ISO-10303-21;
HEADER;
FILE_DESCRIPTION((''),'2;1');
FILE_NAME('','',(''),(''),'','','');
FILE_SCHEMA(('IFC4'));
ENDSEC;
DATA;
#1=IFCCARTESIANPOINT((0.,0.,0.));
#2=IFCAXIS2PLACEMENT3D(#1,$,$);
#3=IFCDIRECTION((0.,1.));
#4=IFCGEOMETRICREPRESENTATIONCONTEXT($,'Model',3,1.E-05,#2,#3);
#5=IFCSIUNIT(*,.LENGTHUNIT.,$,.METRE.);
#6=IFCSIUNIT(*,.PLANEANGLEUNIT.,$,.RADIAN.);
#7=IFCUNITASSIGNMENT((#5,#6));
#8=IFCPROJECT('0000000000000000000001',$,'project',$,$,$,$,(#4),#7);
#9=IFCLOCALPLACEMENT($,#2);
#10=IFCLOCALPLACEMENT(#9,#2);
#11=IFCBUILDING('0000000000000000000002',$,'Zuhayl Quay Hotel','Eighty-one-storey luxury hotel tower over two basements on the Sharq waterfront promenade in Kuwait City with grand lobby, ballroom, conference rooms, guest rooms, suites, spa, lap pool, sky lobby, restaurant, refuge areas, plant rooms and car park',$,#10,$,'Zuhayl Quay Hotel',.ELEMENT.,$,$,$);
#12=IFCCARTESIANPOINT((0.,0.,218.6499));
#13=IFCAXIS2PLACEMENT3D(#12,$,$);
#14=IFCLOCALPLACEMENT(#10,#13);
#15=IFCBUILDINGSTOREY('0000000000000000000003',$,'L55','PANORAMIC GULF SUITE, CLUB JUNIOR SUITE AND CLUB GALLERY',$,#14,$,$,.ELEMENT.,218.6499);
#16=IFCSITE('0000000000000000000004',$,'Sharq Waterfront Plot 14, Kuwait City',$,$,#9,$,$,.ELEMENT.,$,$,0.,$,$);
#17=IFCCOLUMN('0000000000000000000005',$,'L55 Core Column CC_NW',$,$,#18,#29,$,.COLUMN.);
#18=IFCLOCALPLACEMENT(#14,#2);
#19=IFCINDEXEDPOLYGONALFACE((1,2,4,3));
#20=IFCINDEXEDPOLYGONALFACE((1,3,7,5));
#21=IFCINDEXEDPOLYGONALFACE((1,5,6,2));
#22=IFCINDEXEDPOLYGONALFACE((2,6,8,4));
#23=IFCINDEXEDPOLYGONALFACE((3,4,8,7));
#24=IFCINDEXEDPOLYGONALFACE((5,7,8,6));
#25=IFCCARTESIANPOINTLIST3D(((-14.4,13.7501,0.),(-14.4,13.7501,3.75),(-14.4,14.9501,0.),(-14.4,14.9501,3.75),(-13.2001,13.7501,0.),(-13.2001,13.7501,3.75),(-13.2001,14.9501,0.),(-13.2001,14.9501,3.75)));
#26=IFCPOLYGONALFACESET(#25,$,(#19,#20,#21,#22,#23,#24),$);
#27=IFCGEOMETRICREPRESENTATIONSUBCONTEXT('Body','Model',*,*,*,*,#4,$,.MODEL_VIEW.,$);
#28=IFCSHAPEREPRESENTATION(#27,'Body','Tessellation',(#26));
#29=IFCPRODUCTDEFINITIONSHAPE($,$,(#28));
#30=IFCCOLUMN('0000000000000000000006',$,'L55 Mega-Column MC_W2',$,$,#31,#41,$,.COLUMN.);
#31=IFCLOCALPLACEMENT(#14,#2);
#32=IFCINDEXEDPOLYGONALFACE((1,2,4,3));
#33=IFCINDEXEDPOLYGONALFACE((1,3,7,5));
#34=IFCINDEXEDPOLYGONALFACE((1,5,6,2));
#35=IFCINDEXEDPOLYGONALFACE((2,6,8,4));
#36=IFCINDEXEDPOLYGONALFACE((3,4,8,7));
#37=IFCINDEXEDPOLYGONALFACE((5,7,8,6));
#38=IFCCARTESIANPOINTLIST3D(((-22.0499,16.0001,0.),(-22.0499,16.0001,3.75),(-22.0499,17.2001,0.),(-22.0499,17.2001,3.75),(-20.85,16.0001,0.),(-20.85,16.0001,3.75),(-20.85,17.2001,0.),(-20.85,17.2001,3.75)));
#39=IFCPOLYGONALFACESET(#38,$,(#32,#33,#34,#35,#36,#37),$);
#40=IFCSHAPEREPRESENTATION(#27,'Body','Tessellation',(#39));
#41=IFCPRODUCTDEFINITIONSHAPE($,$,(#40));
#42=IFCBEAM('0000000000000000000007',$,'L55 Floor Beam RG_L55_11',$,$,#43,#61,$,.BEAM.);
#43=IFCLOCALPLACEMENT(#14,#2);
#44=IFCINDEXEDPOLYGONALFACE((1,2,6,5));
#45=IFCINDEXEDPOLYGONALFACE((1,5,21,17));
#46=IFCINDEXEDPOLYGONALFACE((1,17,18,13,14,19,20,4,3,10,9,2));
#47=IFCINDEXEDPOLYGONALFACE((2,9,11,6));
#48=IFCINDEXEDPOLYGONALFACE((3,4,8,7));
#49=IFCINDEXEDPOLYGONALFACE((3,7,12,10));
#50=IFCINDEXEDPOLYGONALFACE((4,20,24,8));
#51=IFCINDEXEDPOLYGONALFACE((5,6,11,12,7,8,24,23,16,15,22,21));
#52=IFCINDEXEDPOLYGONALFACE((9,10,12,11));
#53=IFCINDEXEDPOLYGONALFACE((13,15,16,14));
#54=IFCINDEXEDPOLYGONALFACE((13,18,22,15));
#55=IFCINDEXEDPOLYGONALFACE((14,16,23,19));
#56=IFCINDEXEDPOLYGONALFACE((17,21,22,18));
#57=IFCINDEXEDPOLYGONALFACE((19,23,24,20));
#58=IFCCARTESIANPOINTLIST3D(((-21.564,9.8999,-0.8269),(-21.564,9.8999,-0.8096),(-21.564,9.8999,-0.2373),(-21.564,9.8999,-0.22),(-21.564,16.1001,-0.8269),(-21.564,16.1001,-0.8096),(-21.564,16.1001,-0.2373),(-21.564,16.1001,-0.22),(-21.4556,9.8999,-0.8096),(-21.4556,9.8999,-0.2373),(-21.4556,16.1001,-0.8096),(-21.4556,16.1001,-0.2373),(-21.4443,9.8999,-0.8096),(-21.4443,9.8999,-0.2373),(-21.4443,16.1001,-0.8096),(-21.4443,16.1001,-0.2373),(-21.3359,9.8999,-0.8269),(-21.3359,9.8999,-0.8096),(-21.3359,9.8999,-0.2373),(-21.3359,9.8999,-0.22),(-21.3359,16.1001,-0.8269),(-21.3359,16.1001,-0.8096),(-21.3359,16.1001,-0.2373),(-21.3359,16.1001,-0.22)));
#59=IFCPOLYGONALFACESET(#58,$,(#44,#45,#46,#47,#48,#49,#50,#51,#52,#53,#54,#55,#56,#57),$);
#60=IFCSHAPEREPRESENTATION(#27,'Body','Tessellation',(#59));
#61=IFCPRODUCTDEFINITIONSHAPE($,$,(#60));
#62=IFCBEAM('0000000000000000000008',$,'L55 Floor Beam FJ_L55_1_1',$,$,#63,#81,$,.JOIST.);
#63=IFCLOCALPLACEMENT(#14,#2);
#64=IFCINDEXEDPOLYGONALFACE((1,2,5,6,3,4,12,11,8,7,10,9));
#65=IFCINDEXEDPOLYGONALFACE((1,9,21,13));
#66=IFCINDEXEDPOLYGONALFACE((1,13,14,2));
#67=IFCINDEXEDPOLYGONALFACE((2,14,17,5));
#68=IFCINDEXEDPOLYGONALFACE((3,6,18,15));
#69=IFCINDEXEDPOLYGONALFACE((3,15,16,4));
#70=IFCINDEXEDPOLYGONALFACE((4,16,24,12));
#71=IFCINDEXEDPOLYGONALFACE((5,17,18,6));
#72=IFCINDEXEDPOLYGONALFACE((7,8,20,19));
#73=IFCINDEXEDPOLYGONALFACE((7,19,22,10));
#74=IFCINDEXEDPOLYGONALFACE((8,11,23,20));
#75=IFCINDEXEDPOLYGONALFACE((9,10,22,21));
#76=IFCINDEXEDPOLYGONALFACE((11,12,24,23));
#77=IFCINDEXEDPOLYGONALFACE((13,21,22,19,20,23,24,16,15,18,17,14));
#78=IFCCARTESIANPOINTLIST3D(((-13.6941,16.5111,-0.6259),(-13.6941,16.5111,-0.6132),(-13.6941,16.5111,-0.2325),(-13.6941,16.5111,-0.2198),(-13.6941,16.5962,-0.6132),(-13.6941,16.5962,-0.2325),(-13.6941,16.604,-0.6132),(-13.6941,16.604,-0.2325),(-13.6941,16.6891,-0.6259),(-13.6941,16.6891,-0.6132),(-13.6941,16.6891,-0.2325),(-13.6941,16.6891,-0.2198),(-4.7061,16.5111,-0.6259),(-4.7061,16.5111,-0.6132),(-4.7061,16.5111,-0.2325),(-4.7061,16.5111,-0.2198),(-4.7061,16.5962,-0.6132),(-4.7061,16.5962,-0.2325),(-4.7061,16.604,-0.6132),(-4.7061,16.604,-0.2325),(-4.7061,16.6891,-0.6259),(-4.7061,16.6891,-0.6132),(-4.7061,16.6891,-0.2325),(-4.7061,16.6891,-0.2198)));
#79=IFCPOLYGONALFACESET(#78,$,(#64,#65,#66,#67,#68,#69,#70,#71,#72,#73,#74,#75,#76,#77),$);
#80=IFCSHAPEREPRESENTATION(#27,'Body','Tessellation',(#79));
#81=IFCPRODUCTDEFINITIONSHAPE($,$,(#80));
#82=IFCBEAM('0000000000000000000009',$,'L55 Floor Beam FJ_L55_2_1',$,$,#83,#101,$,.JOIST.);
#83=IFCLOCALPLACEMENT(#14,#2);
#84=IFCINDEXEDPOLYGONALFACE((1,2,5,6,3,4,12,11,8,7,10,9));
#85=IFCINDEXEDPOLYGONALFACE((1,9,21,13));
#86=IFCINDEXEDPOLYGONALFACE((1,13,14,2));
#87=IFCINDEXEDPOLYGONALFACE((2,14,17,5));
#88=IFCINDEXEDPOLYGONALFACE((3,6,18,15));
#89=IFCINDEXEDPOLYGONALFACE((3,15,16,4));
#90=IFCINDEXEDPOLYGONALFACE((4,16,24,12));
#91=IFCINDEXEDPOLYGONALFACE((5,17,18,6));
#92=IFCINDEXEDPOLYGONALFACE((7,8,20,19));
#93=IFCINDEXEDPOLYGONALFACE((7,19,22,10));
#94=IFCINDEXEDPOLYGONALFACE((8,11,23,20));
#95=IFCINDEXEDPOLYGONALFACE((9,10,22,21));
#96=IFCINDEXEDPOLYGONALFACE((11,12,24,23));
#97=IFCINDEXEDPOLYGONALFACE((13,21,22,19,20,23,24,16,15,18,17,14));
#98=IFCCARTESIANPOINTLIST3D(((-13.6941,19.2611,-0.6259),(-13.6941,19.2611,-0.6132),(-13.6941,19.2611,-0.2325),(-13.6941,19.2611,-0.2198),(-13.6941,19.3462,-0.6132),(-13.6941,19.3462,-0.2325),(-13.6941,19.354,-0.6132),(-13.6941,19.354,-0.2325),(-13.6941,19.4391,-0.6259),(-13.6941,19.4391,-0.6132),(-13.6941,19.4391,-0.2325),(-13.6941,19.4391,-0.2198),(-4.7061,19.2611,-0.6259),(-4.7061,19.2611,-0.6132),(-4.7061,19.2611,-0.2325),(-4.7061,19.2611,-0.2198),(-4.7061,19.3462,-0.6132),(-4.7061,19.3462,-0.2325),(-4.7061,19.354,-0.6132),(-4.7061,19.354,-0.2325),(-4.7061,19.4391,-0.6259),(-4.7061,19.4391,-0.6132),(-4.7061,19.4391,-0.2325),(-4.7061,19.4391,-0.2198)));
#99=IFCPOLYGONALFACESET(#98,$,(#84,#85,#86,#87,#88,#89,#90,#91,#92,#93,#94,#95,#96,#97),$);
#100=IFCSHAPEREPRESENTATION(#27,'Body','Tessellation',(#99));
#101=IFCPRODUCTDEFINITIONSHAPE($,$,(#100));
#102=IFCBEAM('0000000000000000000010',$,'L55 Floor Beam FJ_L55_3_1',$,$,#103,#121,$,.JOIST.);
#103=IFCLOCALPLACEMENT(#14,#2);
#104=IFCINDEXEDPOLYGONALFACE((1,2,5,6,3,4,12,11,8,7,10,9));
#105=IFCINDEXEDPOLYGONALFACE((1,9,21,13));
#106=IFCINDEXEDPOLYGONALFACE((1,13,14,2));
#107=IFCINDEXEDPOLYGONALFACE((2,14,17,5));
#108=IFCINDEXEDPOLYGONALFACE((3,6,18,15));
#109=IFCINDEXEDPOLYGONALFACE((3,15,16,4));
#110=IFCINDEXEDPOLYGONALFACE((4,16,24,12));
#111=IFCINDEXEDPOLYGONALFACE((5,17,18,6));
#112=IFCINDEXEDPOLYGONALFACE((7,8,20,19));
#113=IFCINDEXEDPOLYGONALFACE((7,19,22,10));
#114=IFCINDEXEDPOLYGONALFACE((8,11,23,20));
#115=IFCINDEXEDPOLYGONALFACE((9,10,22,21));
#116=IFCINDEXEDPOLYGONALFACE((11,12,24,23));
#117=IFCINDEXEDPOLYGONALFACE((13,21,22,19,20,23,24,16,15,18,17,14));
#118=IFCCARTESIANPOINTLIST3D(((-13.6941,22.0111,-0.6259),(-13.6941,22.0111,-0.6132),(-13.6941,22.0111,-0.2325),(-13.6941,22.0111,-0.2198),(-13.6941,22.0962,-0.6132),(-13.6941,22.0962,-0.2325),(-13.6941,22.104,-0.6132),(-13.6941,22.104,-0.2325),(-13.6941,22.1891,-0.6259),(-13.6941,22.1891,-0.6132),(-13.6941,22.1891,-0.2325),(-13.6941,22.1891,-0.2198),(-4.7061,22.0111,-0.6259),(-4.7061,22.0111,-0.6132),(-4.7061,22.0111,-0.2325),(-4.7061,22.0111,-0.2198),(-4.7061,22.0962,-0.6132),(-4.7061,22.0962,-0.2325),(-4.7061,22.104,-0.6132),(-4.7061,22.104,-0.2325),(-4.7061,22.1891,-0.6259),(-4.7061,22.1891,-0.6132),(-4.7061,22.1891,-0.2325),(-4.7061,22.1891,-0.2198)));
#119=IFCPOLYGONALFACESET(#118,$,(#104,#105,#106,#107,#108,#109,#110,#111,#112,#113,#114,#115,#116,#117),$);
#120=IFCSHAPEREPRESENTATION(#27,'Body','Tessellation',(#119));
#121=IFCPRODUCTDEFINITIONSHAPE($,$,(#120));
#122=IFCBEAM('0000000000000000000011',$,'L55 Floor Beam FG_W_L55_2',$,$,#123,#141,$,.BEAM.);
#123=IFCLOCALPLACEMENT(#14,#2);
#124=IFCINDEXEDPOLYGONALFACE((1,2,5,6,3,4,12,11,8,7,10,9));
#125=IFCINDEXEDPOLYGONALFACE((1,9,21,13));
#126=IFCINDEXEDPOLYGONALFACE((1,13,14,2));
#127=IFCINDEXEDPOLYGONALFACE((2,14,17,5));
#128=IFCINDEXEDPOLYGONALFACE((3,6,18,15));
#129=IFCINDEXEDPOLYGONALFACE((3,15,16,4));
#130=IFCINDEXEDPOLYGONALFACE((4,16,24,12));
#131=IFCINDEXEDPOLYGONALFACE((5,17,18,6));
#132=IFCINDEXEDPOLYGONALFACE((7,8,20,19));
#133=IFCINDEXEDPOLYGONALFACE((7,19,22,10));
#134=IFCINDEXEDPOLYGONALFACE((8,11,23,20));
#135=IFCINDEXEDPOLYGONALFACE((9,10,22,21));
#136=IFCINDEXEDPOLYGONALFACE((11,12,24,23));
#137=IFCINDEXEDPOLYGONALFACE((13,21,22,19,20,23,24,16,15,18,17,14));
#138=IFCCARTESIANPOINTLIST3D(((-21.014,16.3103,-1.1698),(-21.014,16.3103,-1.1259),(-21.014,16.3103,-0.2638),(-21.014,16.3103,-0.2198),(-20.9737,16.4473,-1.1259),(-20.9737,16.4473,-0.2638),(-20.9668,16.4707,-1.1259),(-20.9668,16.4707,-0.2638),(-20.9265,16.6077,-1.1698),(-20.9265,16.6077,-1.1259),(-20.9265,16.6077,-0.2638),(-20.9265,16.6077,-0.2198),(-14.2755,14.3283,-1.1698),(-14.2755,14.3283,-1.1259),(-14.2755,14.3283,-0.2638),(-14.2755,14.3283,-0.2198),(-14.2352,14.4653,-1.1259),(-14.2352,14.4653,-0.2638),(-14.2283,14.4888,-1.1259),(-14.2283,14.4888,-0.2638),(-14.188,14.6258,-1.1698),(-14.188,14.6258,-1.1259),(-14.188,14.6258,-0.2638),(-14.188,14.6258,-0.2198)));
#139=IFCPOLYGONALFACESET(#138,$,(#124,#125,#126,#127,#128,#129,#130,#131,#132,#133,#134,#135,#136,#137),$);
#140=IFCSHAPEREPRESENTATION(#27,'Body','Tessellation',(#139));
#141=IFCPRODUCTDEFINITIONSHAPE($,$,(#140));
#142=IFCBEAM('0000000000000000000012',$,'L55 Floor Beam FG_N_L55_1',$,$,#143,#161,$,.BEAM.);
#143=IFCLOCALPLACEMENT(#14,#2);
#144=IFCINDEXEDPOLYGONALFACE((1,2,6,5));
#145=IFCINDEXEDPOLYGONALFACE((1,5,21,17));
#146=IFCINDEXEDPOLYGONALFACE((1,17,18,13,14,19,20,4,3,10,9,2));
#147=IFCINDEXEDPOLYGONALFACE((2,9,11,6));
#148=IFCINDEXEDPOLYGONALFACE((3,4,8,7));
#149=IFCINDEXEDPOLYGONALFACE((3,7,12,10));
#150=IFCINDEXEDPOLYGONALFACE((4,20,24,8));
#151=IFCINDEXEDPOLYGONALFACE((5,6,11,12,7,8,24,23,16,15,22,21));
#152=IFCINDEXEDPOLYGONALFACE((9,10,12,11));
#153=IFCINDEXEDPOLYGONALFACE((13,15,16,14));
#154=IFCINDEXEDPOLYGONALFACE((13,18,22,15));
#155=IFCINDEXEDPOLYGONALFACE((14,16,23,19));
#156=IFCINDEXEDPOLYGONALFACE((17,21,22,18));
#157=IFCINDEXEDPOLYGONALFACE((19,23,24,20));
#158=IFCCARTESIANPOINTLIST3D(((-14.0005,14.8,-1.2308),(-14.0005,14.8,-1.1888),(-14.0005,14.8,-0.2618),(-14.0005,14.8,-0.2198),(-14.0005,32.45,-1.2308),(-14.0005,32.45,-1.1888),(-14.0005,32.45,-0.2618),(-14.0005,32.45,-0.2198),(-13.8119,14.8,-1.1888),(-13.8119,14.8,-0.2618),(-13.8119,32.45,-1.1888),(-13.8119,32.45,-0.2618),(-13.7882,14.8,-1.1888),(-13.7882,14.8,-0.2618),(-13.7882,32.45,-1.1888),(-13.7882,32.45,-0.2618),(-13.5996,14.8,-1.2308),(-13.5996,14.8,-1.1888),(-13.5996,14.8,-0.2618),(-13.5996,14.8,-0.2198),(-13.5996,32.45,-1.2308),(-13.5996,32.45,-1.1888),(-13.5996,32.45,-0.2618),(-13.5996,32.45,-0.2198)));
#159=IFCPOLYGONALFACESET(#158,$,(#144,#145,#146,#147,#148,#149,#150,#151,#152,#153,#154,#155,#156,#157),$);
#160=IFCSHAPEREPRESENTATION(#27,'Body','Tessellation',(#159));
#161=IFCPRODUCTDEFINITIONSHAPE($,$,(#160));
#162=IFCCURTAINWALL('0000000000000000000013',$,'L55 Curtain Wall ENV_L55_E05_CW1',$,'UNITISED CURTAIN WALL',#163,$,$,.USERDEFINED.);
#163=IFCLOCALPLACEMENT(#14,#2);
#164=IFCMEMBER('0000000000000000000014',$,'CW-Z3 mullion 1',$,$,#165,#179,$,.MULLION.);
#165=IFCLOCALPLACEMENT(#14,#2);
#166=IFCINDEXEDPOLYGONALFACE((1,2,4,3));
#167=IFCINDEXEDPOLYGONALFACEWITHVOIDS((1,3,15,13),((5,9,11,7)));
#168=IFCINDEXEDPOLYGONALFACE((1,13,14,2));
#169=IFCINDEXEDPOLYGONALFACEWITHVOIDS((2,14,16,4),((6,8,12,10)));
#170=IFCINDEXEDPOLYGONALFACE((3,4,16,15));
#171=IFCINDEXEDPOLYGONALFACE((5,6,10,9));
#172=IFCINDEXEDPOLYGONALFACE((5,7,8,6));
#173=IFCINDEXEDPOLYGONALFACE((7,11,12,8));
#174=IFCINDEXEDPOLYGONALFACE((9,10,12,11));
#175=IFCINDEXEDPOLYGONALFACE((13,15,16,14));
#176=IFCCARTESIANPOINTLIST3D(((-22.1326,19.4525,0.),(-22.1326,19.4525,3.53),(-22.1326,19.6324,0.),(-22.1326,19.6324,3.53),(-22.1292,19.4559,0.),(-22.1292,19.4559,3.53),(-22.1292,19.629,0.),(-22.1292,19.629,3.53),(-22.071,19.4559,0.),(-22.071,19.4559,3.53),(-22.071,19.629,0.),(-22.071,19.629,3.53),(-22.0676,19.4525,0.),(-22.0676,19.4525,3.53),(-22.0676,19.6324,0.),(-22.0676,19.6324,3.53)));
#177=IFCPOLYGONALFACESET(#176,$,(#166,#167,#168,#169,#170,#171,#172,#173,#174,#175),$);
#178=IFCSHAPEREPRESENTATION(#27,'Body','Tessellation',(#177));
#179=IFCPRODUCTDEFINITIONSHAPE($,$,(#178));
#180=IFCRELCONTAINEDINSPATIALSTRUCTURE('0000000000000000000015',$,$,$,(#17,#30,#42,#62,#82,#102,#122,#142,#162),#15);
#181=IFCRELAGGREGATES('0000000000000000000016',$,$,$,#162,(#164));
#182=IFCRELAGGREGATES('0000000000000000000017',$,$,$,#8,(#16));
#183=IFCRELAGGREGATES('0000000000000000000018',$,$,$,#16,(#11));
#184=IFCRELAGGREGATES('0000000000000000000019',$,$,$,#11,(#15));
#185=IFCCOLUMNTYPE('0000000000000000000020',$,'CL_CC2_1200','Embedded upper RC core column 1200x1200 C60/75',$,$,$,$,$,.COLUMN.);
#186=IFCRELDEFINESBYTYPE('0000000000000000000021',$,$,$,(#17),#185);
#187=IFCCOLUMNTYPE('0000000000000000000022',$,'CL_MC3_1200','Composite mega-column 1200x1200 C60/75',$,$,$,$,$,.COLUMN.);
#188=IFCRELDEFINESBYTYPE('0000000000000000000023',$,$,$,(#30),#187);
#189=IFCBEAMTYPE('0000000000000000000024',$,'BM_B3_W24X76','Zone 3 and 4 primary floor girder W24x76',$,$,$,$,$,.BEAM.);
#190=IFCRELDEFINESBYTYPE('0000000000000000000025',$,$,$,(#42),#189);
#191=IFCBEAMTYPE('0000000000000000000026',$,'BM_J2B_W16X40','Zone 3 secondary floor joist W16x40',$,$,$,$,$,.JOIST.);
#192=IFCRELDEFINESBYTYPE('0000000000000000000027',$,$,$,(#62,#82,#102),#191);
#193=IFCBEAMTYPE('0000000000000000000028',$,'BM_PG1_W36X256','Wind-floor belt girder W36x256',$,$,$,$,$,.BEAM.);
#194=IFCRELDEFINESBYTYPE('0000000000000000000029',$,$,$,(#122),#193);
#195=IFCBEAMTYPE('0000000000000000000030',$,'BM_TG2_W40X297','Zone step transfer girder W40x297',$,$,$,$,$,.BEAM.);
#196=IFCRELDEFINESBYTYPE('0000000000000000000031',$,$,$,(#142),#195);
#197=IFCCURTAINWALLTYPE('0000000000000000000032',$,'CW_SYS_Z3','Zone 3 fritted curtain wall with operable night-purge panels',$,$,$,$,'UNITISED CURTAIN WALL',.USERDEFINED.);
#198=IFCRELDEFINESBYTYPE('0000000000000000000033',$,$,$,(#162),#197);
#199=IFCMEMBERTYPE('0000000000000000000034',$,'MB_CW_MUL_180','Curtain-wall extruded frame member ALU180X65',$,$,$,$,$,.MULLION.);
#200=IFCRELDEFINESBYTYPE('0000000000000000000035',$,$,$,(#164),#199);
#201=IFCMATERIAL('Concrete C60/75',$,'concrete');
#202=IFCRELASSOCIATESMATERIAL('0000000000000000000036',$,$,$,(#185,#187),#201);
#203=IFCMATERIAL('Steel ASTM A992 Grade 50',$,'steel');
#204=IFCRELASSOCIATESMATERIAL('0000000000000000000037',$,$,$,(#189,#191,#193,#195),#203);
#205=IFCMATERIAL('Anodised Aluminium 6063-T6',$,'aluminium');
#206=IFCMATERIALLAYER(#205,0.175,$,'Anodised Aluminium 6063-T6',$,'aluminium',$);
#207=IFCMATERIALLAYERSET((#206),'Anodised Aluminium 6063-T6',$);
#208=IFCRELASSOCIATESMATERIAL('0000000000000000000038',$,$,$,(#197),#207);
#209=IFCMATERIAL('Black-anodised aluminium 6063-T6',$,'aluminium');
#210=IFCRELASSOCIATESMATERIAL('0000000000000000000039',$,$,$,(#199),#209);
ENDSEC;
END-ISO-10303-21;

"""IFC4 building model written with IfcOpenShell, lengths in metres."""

from ifc_helpers import new_model, si_unit, direction, frame, origin, origin_2d, place, context, subcontext, project, spatial, rectangle, hollow_rectangle, i_section, extrude, material, layer, layer_set, material_profile, profile_set, type_object, element, aggregate, save


model = new_model("IFC4")

# Units and contexts
model_context = context("Model", 3, precision=1e-05, world=origin(), true_north=direction((0.0, 1.0)))
body_context = subcontext(model_context, "Body", "Model", "MODEL_VIEW")
ifc_project = project(units=[si_unit("LENGTHUNIT", "METRE"), si_unit("PLANEANGLEUNIT", "RADIAN")], contexts=[model_context])

# Site, building, storey
site_placement = place(None, origin())
site = spatial("IfcSite", under=ifc_project, at=site_placement, Name="Sharq Waterfront Plot 14, Kuwait City", CompositionType="ELEMENT", RefElevation=0.0)
building_placement = place(site_placement, origin())
building = spatial("IfcBuilding", under=site, at=building_placement, Name="Zuhayl Quay Hotel", Description="Eighty-one-storey luxury hotel tower over two basements on the Sharq waterfront promenade in Kuwait City with grand lobby, ballroom, conference rooms, guest rooms, suites, spa, lap pool, sky lobby, restaurant, refuge areas, plant rooms and car park", LongName="Zuhayl Quay Hotel", CompositionType="ELEMENT")
storey_placement = place(building_placement, frame((0.0, 0.0, 218.6499)))
storey = spatial("IfcBuildingStorey", under=building, at=storey_placement, Name="L55", Description="PANORAMIC GULF SUITE, CLUB JUNIOR SUITE AND CLUB GALLERY", CompositionType="ELEMENT", Elevation=218.6499)

# Columns
ifc_material_1 = material(Name="Concrete C60/75", Category="concrete")
ifc_material_profile_1 = material_profile(ifc_material_1, rectangle(XDim=1.2, YDim=1.2, at=origin_2d()), Name="RC1200X1200")
ifc_profile_set_1 = profile_set([ifc_material_profile_1], Name="Concrete C60/75")
column_type_1 = type_object("IfcColumnType", Name="CL_CC2_1200", Description="Embedded upper RC core column 1200x1200 C60/75", PredefinedType="COLUMN", material=ifc_profile_set_1)
column_1_placement = place(storey_placement, frame((-13.8, 14.3501, 0.0), z_axis=(0.0, 0.0, 1.0), x_axis=(1.0, 0.0, 0.0)))
element("IfcColumn", 1, at=column_1_placement, inside=storey, type_object=column_type_1, Name="L55 Core Column CC_NW", PredefinedType="COLUMN", context=body_context, shape_type="SweptSolid", body=[
    extrude(rectangle(XDim=1.2, YDim=1.2, at=origin_2d()), origin(), (0.0, 0.0, 1.0), 3.75),
])
ifc_material_profile_2 = material_profile(ifc_material_1, rectangle(XDim=1.2, YDim=1.2, at=origin_2d()), Name="RC1200X1200")
ifc_profile_set_2 = profile_set([ifc_material_profile_2], Name="Concrete C60/75")
column_type_2 = type_object("IfcColumnType", Name="CL_MC3_1200", Description="Composite mega-column 1200x1200 C60/75", PredefinedType="COLUMN", material=ifc_profile_set_2)
column_2_placement = place(storey_placement, frame((-21.45, 16.6001, 0.0), z_axis=(0.0, 0.0, 1.0), x_axis=(1.0, 0.0, 0.0)))
element("IfcColumn", 2, at=column_2_placement, inside=storey, type_object=column_type_2, Name="L55 Mega-Column MC_W2", PredefinedType="COLUMN", context=body_context, shape_type="SweptSolid", body=[
    extrude(rectangle(XDim=1.2, YDim=1.2, at=origin_2d()), origin(), (0.0, 0.0, 1.0), 3.75),
])

# Beams
ifc_material_2 = material(Name="Steel ASTM A992 Grade 50", Category="steel")
ifc_material_profile_3 = material_profile(ifc_material_2, i_section(OverallWidth=0.228, OverallDepth=0.6069, WebThickness=0.0112, FlangeThickness=0.0173, at=origin_2d()), Name="W24X76")
ifc_profile_set_3 = profile_set([ifc_material_profile_3], Name="Steel ASTM A992 Grade 50")
beam_type_1 = type_object("IfcBeamType", Name="BM_B3_W24X76", Description="Zone 3 and 4 primary floor girder W24x76", PredefinedType="BEAM", material=ifc_profile_set_3)
beam_1_placement = place(storey_placement, frame((-21.45, 16.1001, -0.5234), z_axis=(0.0, -1.0, 0.0), x_axis=(1.0, 0.0, 0.0)))
element("IfcBeam", 3, at=beam_1_placement, inside=storey, type_object=beam_type_1, Name="L55 Floor Beam RG_L55_11", PredefinedType="BEAM", context=body_context, shape_type="SweptSolid", body=[
    extrude(i_section(OverallWidth=0.228, OverallDepth=0.6069, WebThickness=0.0112, FlangeThickness=0.0173, at=origin_2d()), origin(), (0.0, 0.0, 1.0), 6.2002),
])
ifc_material_profile_4 = material_profile(ifc_material_2, i_section(OverallWidth=0.178, OverallDepth=0.406, WebThickness=0.0078, FlangeThickness=0.0127, at=origin_2d()), Name="W16X40")
ifc_profile_set_4 = profile_set([ifc_material_profile_4], Name="Steel ASTM A992 Grade 50")
beam_type_2 = type_object("IfcBeamType", Name="BM_J2B_W16X40", Description="Zone 3 secondary floor joist W16x40", PredefinedType="JOIST", material=ifc_profile_set_4)
for number, where, z_axis, x_axis, name in (
    (4, (-13.6941, 16.6001, -0.4229), (1.0, 0.0, 0.0), (0.0, 1.0, 0.0), "L55 Floor Beam FJ_L55_1_1"),
    (5, (-13.6941, 19.3501, -0.4229), (1.0, 0.0, 0.0), (0.0, 1.0, 0.0), "L55 Floor Beam FJ_L55_2_1"),
    (6, (-13.6941, 22.1001, -0.4229), (1.0, 0.0, 0.0), (0.0, 1.0, 0.0), "L55 Floor Beam FJ_L55_3_1"),
):
    element("IfcBeam", number, at=place(storey_placement, frame(where, z_axis=z_axis, x_axis=x_axis)), inside=storey, type_object=beam_type_2, Name=name, PredefinedType="JOIST", context=body_context, shape_type="SweptSolid", body=[
        extrude(i_section(OverallWidth=0.178, OverallDepth=0.406, WebThickness=0.0078, FlangeThickness=0.0127, at=origin_2d()), origin(), (0.0, 0.0, 1.0), 8.988),
    ])
ifc_material_profile_5 = material_profile(ifc_material_2, i_section(OverallWidth=0.3101, OverallDepth=0.95, WebThickness=0.0244, FlangeThickness=0.0439, at=origin_2d()), Name="W36X256")
ifc_profile_set_5 = profile_set([ifc_material_profile_5], Name="Steel ASTM A992 Grade 50")
beam_type_3 = type_object("IfcBeamType", Name="BM_PG1_W36X256", Description="Wind-floor belt girder W36x256", PredefinedType="BEAM", material=ifc_profile_set_5)
beam_2_placement = place(storey_placement, frame((-20.9702, 16.459, -0.6948), z_axis=(0.959365, -0.282168, 0.0), x_axis=(0.282168, 0.959365, 0.0)))
element("IfcBeam", 7, at=beam_2_placement, inside=storey, type_object=beam_type_3, Name="L55 Floor Beam FG_W_L55_2", PredefinedType="BEAM", context=body_context, shape_type="SweptSolid", body=[
    extrude(i_section(OverallWidth=0.3101, OverallDepth=0.95, WebThickness=0.0244, FlangeThickness=0.0439, at=origin_2d()), origin(), (0.0, 0.0, 1.0), 7.0239),
])
ifc_material_profile_6 = material_profile(ifc_material_2, i_section(OverallWidth=0.4009, OverallDepth=1.011, WebThickness=0.0237, FlangeThickness=0.042, at=origin_2d()), Name="W40X297")
ifc_profile_set_6 = profile_set([ifc_material_profile_6], Name="Steel ASTM A992 Grade 50")
beam_type_4 = type_object("IfcBeamType", Name="BM_TG2_W40X297", Description="Zone step transfer girder W40x297", PredefinedType="BEAM", material=ifc_profile_set_6)
beam_3_placement = place(storey_placement, frame((-13.8, 14.8, -0.7253), z_axis=(0.0, 1.0, 0.0), x_axis=(-1.0, 0.0, 0.0)))
element("IfcBeam", 8, at=beam_3_placement, inside=storey, type_object=beam_type_4, Name="L55 Floor Beam FG_N_L55_1", PredefinedType="BEAM", context=body_context, shape_type="SweptSolid", body=[
    extrude(i_section(OverallWidth=0.4009, OverallDepth=1.011, WebThickness=0.0237, FlangeThickness=0.042, at=origin_2d()), origin(), (0.0, 0.0, 1.0), 17.6499),
])

# Curtain wall, member
ifc_material_3 = material(Name="Anodised Aluminium 6063-T6", Category="aluminium")
ifc_layer_1 = layer(ifc_material_3, 0.175, Name="Anodised Aluminium 6063-T6", Category="aluminium")
ifc_layer_set_1 = layer_set([ifc_layer_1], Name="Anodised Aluminium 6063-T6")
curtain_wall_type = type_object("IfcCurtainWallType", Name="CW_SYS_Z3", Description="Zone 3 fritted curtain wall with operable night-purge panels", ElementType="UNITISED CURTAIN WALL", PredefinedType="USERDEFINED", material=ifc_layer_set_1)
curtain_wall_placement = place(storey_placement, origin())
curtain_wall = element("IfcCurtainWall", 9, at=curtain_wall_placement, inside=storey, type_object=curtain_wall_type, Name="L55 Curtain Wall ENV_L55_E05_CW1", ObjectType="UNITISED CURTAIN WALL", PredefinedType="USERDEFINED")
ifc_material_4 = material(Name="Black-anodised aluminium 6063-T6", Category="aluminium")
ifc_material_profile_7 = material_profile(ifc_material_4, hollow_rectangle(XDim=0.0649, YDim=0.1799, WallThickness=0.0034, at=origin_2d()), Name="ALU180X65")
ifc_profile_set_7 = profile_set([ifc_material_profile_7], Name="Black-anodised aluminium 6063-T6")
member_type_1 = type_object("IfcMemberType", Name="MB_CW_MUL_180", Description="Curtain-wall extruded frame member ALU180X65", PredefinedType="MULLION", material=ifc_profile_set_7)
member_1_placement = place(storey_placement, frame((-22.1001, 19.5425, 0.0), z_axis=(0.0, 0.0, 1.0), x_axis=(-1.0, 0.0, 0.0)))
member_1 = element("IfcMember", 10, at=member_1_placement, type_object=member_type_1, Name="CW-Z3 mullion 1", PredefinedType="MULLION", context=body_context, shape_type="SweptSolid", body=[
    extrude(hollow_rectangle(XDim=0.0649, YDim=0.1799, WallThickness=0.0034, at=origin_2d()), origin(), (0.0, 0.0, 1.0), 3.53),
])
aggregate(curtain_wall, [member_1])

save(model, "model.ifc")
